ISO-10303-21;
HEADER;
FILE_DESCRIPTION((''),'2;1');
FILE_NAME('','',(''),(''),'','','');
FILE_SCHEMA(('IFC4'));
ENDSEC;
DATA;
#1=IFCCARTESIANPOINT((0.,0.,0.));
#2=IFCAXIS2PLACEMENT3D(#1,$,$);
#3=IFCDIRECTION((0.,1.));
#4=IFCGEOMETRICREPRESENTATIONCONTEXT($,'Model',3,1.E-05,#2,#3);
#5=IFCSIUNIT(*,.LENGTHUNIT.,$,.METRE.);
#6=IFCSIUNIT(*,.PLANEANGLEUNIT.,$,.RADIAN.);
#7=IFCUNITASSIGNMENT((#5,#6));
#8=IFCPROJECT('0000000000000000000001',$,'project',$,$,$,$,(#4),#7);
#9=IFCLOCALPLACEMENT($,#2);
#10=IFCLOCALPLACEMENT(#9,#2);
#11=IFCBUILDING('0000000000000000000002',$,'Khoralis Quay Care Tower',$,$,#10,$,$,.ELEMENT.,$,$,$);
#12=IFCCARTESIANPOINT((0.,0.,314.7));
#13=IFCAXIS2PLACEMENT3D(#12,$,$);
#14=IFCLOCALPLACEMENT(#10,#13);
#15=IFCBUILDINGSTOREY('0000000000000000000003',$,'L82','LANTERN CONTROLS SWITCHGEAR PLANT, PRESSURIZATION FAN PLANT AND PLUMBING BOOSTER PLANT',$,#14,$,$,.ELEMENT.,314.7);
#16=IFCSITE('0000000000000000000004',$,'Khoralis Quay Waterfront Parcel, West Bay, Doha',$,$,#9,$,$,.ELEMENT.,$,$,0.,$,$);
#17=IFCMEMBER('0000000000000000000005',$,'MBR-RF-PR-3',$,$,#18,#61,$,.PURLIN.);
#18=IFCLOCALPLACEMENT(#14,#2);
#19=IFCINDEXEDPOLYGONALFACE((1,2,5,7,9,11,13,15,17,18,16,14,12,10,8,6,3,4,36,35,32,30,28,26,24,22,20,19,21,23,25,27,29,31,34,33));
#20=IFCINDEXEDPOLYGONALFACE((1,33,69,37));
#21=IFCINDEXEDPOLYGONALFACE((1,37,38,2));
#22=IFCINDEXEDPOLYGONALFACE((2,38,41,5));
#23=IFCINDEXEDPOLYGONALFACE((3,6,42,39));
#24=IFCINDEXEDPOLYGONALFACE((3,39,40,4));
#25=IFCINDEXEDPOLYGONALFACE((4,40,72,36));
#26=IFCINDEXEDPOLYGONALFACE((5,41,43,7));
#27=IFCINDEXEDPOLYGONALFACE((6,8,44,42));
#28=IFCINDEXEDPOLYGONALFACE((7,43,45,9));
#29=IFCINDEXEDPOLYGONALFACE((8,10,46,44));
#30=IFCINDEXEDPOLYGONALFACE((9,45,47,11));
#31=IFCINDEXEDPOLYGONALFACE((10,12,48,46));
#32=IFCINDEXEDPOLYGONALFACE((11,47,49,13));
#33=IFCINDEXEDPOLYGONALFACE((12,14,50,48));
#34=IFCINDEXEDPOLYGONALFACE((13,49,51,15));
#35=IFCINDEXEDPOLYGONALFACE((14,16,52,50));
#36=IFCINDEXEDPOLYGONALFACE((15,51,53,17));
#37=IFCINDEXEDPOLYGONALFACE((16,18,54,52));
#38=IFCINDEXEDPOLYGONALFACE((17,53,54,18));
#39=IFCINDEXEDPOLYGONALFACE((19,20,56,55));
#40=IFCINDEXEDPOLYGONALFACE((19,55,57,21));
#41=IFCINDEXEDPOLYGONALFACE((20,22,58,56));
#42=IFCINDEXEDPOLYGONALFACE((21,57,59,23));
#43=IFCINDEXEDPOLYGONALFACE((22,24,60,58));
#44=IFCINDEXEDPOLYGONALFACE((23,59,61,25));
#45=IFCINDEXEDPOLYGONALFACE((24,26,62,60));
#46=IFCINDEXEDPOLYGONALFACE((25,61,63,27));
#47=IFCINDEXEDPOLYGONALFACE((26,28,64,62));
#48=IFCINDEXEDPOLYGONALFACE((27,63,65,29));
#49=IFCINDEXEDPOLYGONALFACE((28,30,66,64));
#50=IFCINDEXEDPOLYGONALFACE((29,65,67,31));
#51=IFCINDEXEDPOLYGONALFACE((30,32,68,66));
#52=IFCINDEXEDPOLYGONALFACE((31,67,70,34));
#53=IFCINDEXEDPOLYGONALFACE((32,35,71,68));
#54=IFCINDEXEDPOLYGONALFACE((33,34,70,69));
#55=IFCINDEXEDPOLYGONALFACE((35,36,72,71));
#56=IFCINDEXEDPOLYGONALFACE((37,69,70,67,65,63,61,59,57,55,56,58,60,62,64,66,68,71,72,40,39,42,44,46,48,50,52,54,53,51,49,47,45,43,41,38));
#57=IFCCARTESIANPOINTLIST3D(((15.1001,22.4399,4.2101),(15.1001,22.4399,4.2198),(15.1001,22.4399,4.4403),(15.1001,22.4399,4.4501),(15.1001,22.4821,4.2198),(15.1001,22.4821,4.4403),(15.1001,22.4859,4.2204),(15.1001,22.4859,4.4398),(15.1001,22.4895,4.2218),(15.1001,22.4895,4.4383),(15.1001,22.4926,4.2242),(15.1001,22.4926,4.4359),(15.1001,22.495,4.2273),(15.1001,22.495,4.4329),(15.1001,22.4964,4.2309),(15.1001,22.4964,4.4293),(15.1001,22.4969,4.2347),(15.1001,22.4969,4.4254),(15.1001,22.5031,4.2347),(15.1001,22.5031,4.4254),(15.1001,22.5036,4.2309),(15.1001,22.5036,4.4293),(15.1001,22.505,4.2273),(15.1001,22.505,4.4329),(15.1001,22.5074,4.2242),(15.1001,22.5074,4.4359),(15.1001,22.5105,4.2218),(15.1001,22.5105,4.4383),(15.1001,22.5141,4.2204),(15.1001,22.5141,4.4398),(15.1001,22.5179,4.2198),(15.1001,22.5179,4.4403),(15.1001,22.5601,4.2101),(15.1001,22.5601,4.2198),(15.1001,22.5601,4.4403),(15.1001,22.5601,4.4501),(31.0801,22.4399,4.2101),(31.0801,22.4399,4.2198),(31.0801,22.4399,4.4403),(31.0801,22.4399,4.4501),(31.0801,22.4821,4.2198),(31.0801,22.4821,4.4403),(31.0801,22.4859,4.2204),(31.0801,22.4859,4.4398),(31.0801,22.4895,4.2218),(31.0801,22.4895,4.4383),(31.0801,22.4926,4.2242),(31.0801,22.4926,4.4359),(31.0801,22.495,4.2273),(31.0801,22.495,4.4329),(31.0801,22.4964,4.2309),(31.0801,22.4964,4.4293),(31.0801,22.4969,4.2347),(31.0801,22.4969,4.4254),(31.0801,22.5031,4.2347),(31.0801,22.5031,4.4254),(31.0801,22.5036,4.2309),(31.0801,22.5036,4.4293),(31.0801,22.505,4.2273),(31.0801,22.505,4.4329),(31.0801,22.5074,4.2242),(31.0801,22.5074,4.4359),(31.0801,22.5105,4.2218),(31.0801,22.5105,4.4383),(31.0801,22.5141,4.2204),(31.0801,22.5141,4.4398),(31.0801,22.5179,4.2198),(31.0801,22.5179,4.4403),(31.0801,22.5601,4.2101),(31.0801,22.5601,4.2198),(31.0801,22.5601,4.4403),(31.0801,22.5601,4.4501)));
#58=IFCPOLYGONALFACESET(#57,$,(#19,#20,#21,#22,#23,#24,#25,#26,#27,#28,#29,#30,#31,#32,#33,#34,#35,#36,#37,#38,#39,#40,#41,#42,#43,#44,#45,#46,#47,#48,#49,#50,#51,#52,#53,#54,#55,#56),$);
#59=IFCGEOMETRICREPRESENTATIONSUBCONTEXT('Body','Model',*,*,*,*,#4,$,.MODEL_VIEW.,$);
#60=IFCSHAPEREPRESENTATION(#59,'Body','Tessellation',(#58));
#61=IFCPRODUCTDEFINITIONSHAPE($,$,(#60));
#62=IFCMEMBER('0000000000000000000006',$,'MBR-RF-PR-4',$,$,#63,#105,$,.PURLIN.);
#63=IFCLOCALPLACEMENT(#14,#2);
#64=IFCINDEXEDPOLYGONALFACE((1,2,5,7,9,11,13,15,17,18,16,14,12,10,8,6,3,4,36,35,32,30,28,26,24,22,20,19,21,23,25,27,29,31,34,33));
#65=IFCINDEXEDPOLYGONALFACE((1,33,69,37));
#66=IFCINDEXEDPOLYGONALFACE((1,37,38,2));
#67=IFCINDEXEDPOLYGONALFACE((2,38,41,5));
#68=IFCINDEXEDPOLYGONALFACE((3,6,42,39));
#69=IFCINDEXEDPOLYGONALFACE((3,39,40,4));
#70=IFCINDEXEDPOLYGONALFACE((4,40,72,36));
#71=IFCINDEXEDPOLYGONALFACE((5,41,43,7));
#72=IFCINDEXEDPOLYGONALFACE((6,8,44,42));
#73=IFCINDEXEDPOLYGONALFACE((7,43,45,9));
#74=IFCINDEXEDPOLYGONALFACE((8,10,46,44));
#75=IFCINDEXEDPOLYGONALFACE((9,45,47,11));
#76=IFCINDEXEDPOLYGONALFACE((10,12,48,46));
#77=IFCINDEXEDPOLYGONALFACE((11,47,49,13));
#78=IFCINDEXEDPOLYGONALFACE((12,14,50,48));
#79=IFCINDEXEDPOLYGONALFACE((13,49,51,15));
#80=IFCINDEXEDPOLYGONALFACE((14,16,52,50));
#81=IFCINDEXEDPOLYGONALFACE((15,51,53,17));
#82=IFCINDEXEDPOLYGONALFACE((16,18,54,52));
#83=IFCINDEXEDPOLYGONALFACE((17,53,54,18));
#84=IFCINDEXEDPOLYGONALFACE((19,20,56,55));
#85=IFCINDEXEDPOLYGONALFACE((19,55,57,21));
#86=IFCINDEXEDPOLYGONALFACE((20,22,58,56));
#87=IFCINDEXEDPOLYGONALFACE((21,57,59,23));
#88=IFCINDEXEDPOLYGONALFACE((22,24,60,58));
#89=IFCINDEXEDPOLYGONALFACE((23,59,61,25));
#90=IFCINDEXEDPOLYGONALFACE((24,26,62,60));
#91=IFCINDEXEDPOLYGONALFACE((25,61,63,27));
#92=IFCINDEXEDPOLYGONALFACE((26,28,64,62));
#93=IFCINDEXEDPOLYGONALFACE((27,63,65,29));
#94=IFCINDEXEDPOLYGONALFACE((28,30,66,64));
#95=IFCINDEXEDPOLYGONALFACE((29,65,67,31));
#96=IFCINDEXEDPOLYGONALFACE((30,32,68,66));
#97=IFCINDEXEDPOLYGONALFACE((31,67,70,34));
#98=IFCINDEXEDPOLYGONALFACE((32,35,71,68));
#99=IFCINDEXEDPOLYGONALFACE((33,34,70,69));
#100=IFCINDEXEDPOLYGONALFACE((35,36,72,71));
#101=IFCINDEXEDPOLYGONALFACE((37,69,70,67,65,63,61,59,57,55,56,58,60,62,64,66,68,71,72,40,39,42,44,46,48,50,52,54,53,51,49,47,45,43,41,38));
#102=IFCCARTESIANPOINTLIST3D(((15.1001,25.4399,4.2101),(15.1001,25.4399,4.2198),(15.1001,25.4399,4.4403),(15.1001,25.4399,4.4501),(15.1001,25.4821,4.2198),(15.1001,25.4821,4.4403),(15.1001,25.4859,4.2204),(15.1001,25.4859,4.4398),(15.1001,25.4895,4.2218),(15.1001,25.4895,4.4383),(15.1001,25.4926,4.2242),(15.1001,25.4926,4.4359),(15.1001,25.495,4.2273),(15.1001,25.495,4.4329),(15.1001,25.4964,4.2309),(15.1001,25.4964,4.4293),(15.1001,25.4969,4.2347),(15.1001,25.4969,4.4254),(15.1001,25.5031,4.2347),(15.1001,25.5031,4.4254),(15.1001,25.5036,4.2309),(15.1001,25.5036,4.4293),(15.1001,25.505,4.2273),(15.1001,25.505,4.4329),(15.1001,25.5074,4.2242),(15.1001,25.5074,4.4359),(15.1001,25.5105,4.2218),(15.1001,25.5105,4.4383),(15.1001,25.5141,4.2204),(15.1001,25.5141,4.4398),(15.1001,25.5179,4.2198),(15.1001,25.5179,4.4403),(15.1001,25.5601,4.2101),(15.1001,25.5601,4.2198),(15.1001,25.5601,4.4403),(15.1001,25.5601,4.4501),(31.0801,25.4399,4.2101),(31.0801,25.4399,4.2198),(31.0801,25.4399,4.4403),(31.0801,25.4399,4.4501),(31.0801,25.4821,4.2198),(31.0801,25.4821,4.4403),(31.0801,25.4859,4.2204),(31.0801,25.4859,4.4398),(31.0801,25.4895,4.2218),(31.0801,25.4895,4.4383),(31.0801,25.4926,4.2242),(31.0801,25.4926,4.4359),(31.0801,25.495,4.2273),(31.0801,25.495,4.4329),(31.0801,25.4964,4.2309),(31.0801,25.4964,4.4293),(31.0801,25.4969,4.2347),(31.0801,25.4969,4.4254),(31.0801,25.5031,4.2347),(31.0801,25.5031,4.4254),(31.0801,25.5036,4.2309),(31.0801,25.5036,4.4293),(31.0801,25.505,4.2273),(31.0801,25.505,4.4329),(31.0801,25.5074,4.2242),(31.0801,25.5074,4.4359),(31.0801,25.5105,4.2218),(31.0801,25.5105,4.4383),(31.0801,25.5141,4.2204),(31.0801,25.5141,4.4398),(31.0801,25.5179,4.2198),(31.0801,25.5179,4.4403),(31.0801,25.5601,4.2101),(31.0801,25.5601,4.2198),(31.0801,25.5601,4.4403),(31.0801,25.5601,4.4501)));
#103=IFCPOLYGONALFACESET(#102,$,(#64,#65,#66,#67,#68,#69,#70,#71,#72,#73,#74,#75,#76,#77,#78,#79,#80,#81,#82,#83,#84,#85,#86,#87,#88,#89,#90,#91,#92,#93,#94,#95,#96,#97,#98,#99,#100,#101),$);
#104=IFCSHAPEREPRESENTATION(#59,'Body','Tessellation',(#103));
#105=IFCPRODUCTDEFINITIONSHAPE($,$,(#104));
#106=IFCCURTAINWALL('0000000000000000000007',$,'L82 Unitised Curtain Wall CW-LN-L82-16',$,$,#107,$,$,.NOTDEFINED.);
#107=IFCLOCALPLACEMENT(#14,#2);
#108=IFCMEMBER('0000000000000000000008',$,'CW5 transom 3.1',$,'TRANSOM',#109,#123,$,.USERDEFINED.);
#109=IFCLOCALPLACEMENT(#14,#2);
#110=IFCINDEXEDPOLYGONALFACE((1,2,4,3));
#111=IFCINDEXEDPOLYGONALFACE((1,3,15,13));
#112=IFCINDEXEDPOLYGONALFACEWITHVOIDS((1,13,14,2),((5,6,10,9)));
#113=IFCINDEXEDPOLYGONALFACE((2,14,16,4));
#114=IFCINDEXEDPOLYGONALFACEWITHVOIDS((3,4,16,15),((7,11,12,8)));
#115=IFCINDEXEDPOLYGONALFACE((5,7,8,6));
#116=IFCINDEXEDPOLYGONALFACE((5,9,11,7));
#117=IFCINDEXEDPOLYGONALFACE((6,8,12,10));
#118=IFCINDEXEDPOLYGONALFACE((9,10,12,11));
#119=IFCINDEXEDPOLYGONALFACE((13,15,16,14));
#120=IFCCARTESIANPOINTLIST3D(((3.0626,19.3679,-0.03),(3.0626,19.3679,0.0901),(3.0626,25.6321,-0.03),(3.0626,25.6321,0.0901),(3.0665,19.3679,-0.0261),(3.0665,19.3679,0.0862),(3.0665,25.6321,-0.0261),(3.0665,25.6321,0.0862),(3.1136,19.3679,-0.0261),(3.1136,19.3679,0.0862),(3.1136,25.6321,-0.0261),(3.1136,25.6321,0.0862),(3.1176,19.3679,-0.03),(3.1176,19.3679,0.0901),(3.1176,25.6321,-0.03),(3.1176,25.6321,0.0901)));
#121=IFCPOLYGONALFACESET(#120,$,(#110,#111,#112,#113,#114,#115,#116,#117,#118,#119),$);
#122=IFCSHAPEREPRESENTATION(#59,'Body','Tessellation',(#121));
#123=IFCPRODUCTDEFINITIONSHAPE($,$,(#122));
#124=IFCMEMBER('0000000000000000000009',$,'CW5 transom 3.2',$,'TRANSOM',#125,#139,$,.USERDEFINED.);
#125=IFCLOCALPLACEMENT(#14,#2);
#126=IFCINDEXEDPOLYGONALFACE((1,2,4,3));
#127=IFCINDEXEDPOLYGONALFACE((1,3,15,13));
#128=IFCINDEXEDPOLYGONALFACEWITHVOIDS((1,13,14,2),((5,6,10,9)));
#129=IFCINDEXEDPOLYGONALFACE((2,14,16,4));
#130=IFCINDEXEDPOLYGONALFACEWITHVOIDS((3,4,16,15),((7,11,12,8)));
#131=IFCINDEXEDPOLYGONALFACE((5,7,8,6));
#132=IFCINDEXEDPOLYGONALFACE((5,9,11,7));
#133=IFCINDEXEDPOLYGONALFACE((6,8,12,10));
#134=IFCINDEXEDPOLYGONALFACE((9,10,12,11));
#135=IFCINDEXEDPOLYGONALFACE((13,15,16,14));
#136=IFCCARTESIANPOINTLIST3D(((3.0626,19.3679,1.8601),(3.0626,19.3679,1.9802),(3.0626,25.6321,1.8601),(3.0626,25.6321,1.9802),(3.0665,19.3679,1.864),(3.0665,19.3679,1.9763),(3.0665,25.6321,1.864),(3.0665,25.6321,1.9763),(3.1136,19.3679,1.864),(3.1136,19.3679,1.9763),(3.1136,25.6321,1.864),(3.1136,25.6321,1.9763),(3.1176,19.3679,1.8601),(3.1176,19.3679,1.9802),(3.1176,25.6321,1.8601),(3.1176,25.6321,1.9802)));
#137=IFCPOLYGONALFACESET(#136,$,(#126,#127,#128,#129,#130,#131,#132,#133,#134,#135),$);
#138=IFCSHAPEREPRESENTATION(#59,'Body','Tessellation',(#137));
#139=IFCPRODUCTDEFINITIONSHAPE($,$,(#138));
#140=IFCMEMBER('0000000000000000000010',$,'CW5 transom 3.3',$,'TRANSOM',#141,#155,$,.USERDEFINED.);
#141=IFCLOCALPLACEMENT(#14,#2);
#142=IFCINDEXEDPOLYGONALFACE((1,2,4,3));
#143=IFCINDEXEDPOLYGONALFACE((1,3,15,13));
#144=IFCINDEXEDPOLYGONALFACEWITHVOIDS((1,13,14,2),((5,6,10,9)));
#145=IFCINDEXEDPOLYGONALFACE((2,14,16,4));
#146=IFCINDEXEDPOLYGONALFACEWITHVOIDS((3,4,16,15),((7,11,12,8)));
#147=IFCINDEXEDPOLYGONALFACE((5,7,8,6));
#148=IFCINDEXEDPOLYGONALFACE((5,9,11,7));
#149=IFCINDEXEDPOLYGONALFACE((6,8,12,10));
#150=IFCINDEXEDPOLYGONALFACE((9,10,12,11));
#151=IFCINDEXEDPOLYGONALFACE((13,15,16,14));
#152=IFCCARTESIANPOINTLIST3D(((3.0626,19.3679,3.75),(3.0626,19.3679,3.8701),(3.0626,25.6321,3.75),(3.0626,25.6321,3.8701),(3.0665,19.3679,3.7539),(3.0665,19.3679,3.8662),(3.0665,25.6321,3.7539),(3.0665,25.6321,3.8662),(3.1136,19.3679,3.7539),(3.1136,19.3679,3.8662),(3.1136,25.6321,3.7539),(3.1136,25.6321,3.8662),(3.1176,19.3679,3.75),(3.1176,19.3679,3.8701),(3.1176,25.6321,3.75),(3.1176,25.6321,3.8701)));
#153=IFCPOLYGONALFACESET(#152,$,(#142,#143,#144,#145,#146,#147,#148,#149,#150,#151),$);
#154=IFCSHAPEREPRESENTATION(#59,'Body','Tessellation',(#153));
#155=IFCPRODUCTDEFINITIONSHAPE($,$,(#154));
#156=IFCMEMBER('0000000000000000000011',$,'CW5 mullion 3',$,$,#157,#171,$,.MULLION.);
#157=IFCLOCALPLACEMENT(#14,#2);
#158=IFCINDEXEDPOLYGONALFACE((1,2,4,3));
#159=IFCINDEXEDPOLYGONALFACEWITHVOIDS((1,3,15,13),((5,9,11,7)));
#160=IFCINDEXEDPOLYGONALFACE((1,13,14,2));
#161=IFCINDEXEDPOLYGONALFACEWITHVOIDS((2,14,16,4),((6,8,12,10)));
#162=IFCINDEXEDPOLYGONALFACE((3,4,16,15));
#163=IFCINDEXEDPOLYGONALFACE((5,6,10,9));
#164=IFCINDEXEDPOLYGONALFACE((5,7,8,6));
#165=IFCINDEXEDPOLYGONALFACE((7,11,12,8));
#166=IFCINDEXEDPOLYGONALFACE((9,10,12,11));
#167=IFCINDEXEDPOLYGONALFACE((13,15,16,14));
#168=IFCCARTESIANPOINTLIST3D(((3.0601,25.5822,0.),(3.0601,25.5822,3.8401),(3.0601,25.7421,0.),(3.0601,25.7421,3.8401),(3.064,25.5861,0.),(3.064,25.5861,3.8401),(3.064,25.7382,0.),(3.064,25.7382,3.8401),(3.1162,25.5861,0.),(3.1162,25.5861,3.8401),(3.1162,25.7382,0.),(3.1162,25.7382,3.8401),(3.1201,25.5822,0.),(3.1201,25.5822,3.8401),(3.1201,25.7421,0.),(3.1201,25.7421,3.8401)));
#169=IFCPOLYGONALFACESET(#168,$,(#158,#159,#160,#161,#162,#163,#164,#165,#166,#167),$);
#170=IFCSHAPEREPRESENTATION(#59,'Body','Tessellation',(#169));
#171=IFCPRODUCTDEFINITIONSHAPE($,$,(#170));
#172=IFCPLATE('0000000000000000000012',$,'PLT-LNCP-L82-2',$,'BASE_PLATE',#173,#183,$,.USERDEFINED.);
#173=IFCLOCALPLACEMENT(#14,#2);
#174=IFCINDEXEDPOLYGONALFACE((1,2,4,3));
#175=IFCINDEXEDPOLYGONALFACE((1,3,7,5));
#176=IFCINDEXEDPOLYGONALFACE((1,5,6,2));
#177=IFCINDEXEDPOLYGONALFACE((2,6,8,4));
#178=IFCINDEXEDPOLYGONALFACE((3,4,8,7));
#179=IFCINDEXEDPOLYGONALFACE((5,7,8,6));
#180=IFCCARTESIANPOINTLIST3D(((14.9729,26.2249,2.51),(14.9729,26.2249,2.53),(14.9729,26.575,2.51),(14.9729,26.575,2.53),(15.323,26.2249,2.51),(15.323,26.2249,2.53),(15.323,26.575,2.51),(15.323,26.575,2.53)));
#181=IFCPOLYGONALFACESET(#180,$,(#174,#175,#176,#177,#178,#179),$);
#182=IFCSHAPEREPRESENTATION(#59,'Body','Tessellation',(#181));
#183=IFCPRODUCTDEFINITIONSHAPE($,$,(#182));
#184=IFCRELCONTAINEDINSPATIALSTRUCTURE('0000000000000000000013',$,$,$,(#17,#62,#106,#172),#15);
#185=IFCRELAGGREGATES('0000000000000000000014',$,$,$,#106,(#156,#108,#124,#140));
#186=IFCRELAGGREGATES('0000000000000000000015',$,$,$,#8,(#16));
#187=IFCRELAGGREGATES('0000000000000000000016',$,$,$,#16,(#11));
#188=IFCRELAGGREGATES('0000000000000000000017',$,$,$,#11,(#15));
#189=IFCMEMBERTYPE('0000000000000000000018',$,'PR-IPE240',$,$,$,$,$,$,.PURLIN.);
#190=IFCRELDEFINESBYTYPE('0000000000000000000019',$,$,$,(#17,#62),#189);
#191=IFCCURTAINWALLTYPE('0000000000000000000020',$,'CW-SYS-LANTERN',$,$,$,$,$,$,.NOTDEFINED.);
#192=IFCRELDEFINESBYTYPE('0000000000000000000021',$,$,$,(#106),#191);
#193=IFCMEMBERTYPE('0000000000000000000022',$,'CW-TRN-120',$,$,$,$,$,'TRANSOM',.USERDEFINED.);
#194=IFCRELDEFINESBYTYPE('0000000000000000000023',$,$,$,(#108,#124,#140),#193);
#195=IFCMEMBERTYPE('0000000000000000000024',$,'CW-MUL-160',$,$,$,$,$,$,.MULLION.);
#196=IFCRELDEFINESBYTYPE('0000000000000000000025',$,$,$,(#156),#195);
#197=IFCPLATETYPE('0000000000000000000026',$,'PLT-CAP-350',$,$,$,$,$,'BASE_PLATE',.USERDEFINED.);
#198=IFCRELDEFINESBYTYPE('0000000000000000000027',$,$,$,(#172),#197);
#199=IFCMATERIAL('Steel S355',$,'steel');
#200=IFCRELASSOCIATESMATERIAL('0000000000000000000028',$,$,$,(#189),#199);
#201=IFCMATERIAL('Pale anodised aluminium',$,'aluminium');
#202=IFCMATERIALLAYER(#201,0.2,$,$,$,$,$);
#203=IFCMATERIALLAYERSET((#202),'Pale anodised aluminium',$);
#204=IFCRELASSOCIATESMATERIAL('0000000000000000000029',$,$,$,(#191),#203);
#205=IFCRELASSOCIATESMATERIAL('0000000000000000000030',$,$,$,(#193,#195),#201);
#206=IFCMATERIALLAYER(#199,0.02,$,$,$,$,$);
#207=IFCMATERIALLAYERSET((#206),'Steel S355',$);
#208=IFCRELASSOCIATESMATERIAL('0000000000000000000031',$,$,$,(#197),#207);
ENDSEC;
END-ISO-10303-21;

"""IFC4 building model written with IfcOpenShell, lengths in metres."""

from ifc_helpers import new_model, si_unit, direction, frame, origin, origin_2d, place, context, subcontext, project, spatial, rectangle, hollow_rectangle, i_section, extrude, source, transform, mapped, material, layer, layer_set, material_profile, profile_set, type_object, element, aggregate, save


model = new_model("IFC4")

# Units and contexts
model_context = context("Model", 3, precision=1e-05, world=origin(), true_north=direction((0.0, 1.0)))
body_context = subcontext(model_context, "Body", "Model", "MODEL_VIEW")
ifc_project = project(units=[si_unit("LENGTHUNIT", "METRE"), si_unit("PLANEANGLEUNIT", "RADIAN")], contexts=[model_context])

# Site, building, storey
site_placement = place(None, origin())
site = spatial("IfcSite", under=ifc_project, at=site_placement, Name="Khoralis Quay Waterfront Parcel, West Bay, Doha", CompositionType="ELEMENT", RefElevation=0.0)
building_placement = place(site_placement, origin())
building = spatial("IfcBuilding", under=site, at=building_placement, Name="Khoralis Quay Care Tower", CompositionType="ELEMENT")
storey_placement = place(building_placement, frame((0.0, 0.0, 314.7)))
storey = spatial("IfcBuildingStorey", under=building, at=storey_placement, Name="L82", Description="LANTERN CONTROLS SWITCHGEAR PLANT, PRESSURIZATION FAN PLANT AND PLUMBING BOOSTER PLANT", CompositionType="ELEMENT", Elevation=314.7)

# Shared definitions
ifc_material_1 = material(Name="Steel S355", Category="steel")

# Members
ifc_material_profile_1 = material_profile(ifc_material_1, i_section(OverallWidth=0.1201, OverallDepth=0.24, WebThickness=0.0061, FlangeThickness=0.0098, FilletRadius=0.0149, at=origin_2d()), Name="Steel S355")
ifc_profile_set_1 = profile_set([ifc_material_profile_1], Name="Steel S355")
member_type_1 = type_object("IfcMemberType", Name="PR-IPE240", PredefinedType="PURLIN", material=ifc_profile_set_1)
shared_shape_1 = source(origin(), body_context, "Body", "SweptSolid", [
    extrude(i_section(OverallWidth=0.1201, OverallDepth=0.24, WebThickness=0.0061, FlangeThickness=0.0098, FilletRadius=0.0149, at=origin_2d()), origin(), (0.0, 0.0, 1.0), 15.98),
])
for number, where, z_axis, x_axis, name in (
    (1, (15.1001, 22.5, 4.3301), (1.0, 0.0, 0.0), (0.0, 1.0, 0.0), "MBR-RF-PR-3"),
    (2, (15.1001, 25.5, 4.3301), (1.0, 0.0, 0.0), (0.0, 1.0, 0.0), "MBR-RF-PR-4"),
):
    element("IfcMember", number, at=place(storey_placement, frame(where, z_axis=z_axis, x_axis=x_axis)), inside=storey, type_object=member_type_1, Name=name, PredefinedType="PURLIN", context=body_context, shape_type="MappedRepresentation", body=[
        mapped(shared_shape_1, transform((0.0, 0.0, 0.0), scale=1.0)),
    ])

# Curtain wall, members
ifc_material_2 = material(Name="Pale anodised aluminium", Category="aluminium")
ifc_layer_1 = layer(ifc_material_2, 0.2)
ifc_layer_set_1 = layer_set([ifc_layer_1], Name="Pale anodised aluminium")
curtain_wall_type = type_object("IfcCurtainWallType", Name="CW-SYS-LANTERN", PredefinedType="NOTDEFINED", material=ifc_layer_set_1)
curtain_wall_placement = place(storey_placement, origin())
curtain_wall = element("IfcCurtainWall", 3, at=curtain_wall_placement, inside=storey, type_object=curtain_wall_type, Name="L82 Unitised Curtain Wall CW-LN-L82-16", PredefinedType="NOTDEFINED")
ifc_material_profile_2 = material_profile(ifc_material_2, hollow_rectangle(XDim=0.0549, YDim=0.1201, WallThickness=0.0039, at=origin_2d()), Name="Pale anodised aluminium")
ifc_profile_set_2 = profile_set([ifc_material_profile_2], Name="Pale anodised aluminium")
member_type_2 = type_object("IfcMemberType", Name="CW-TRN-120", ElementType="TRANSOM", PredefinedType="USERDEFINED", material=ifc_profile_set_2)
shared_shape_2 = source(origin(), body_context, "Body", "SweptSolid", [
    extrude(hollow_rectangle(XDim=0.0549, YDim=0.1201, WallThickness=0.0039, at=origin_2d()), origin(), (0.0, 0.0, 1.0), 6.2642),
])
member_1_placement = place(storey_placement, frame((3.0901, 25.6321, 0.03), z_axis=(0.0, -1.0, 0.0), x_axis=(1.0, 0.0, 0.0)))
member_1 = element("IfcMember", 4, at=member_1_placement, type_object=member_type_2, Name="CW5 transom 3.1", ObjectType="TRANSOM", PredefinedType="USERDEFINED", context=body_context, shape_type="MappedRepresentation", body=[
    mapped(shared_shape_2, transform((0.0, 0.0, 0.0), scale=1.0)),
])
member_2_placement = place(storey_placement, frame((3.0901, 25.6321, 1.9202), z_axis=(0.0, -1.0, 0.0), x_axis=(1.0, 0.0, 0.0)))
member_2 = element("IfcMember", 5, at=member_2_placement, type_object=member_type_2, Name="CW5 transom 3.2", ObjectType="TRANSOM", PredefinedType="USERDEFINED", context=body_context, shape_type="MappedRepresentation", body=[
    mapped(shared_shape_2, transform((0.0, 0.0, 0.0), scale=1.0)),
])
member_3_placement = place(storey_placement, frame((3.0901, 25.6321, 3.8101), z_axis=(0.0, -1.0, 0.0), x_axis=(1.0, 0.0, 0.0)))
member_3 = element("IfcMember", 6, at=member_3_placement, type_object=member_type_2, Name="CW5 transom 3.3", ObjectType="TRANSOM", PredefinedType="USERDEFINED", context=body_context, shape_type="MappedRepresentation", body=[
    mapped(shared_shape_2, transform((0.0, 0.0, 0.0), scale=1.0)),
])
ifc_material_profile_3 = material_profile(ifc_material_2, hollow_rectangle(XDim=0.0601, YDim=0.1599, WallThickness=0.0039, at=origin_2d()), Name="Pale anodised aluminium")
ifc_profile_set_3 = profile_set([ifc_material_profile_3], Name="Pale anodised aluminium")
member_type_3 = type_object("IfcMemberType", Name="CW-MUL-160", PredefinedType="MULLION", material=ifc_profile_set_3)
shared_shape_3 = source(origin(), body_context, "Body", "SweptSolid", [
    extrude(hollow_rectangle(XDim=0.0601, YDim=0.1599, WallThickness=0.0039, at=origin_2d()), origin(), (0.0, 0.0, 1.0), 3.8401),
])
member_4_placement = place(storey_placement, frame((3.0901, 25.6621, 0.0), z_axis=(0.0, 0.0, 1.0), x_axis=(1.0, 0.0, 0.0)))
member_4 = element("IfcMember", 7, at=member_4_placement, type_object=member_type_3, Name="CW5 mullion 3", PredefinedType="MULLION", context=body_context, shape_type="MappedRepresentation", body=[
    mapped(shared_shape_3, transform((0.0, 0.0, 0.0), scale=1.0)),
])

# Plate
ifc_layer_2 = layer(ifc_material_1, 0.02)
ifc_layer_set_2 = layer_set([ifc_layer_2], Name="Steel S355")
plate_type_1 = type_object("IfcPlateType", Name="PLT-CAP-350", ElementType="BASE_PLATE", PredefinedType="USERDEFINED", material=ifc_layer_set_2)
shared_shape_4 = source(origin(), body_context, "Body", "SweptSolid", [
    extrude(rectangle(XDim=0.3501, YDim=0.3501, at=origin_2d()), origin(), (0.0, 0.0, 1.0), 0.02),
])
plate_1_placement = place(storey_placement, frame((15.1479, 26.3999, 2.51), z_axis=(0.0, 0.0, 1.0), x_axis=(1.0, 0.0, 0.0)))
element("IfcPlate", 8, at=plate_1_placement, inside=storey, type_object=plate_type_1, Name="PLT-LNCP-L82-2", ObjectType="BASE_PLATE", PredefinedType="USERDEFINED", context=body_context, shape_type="MappedRepresentation", body=[
    mapped(shared_shape_4, transform((0.0, 0.0, 0.0), scale=1.0)),
])

aggregate(curtain_wall, [member_4, member_1, member_2, member_3])

save(model, "model.ifc")
